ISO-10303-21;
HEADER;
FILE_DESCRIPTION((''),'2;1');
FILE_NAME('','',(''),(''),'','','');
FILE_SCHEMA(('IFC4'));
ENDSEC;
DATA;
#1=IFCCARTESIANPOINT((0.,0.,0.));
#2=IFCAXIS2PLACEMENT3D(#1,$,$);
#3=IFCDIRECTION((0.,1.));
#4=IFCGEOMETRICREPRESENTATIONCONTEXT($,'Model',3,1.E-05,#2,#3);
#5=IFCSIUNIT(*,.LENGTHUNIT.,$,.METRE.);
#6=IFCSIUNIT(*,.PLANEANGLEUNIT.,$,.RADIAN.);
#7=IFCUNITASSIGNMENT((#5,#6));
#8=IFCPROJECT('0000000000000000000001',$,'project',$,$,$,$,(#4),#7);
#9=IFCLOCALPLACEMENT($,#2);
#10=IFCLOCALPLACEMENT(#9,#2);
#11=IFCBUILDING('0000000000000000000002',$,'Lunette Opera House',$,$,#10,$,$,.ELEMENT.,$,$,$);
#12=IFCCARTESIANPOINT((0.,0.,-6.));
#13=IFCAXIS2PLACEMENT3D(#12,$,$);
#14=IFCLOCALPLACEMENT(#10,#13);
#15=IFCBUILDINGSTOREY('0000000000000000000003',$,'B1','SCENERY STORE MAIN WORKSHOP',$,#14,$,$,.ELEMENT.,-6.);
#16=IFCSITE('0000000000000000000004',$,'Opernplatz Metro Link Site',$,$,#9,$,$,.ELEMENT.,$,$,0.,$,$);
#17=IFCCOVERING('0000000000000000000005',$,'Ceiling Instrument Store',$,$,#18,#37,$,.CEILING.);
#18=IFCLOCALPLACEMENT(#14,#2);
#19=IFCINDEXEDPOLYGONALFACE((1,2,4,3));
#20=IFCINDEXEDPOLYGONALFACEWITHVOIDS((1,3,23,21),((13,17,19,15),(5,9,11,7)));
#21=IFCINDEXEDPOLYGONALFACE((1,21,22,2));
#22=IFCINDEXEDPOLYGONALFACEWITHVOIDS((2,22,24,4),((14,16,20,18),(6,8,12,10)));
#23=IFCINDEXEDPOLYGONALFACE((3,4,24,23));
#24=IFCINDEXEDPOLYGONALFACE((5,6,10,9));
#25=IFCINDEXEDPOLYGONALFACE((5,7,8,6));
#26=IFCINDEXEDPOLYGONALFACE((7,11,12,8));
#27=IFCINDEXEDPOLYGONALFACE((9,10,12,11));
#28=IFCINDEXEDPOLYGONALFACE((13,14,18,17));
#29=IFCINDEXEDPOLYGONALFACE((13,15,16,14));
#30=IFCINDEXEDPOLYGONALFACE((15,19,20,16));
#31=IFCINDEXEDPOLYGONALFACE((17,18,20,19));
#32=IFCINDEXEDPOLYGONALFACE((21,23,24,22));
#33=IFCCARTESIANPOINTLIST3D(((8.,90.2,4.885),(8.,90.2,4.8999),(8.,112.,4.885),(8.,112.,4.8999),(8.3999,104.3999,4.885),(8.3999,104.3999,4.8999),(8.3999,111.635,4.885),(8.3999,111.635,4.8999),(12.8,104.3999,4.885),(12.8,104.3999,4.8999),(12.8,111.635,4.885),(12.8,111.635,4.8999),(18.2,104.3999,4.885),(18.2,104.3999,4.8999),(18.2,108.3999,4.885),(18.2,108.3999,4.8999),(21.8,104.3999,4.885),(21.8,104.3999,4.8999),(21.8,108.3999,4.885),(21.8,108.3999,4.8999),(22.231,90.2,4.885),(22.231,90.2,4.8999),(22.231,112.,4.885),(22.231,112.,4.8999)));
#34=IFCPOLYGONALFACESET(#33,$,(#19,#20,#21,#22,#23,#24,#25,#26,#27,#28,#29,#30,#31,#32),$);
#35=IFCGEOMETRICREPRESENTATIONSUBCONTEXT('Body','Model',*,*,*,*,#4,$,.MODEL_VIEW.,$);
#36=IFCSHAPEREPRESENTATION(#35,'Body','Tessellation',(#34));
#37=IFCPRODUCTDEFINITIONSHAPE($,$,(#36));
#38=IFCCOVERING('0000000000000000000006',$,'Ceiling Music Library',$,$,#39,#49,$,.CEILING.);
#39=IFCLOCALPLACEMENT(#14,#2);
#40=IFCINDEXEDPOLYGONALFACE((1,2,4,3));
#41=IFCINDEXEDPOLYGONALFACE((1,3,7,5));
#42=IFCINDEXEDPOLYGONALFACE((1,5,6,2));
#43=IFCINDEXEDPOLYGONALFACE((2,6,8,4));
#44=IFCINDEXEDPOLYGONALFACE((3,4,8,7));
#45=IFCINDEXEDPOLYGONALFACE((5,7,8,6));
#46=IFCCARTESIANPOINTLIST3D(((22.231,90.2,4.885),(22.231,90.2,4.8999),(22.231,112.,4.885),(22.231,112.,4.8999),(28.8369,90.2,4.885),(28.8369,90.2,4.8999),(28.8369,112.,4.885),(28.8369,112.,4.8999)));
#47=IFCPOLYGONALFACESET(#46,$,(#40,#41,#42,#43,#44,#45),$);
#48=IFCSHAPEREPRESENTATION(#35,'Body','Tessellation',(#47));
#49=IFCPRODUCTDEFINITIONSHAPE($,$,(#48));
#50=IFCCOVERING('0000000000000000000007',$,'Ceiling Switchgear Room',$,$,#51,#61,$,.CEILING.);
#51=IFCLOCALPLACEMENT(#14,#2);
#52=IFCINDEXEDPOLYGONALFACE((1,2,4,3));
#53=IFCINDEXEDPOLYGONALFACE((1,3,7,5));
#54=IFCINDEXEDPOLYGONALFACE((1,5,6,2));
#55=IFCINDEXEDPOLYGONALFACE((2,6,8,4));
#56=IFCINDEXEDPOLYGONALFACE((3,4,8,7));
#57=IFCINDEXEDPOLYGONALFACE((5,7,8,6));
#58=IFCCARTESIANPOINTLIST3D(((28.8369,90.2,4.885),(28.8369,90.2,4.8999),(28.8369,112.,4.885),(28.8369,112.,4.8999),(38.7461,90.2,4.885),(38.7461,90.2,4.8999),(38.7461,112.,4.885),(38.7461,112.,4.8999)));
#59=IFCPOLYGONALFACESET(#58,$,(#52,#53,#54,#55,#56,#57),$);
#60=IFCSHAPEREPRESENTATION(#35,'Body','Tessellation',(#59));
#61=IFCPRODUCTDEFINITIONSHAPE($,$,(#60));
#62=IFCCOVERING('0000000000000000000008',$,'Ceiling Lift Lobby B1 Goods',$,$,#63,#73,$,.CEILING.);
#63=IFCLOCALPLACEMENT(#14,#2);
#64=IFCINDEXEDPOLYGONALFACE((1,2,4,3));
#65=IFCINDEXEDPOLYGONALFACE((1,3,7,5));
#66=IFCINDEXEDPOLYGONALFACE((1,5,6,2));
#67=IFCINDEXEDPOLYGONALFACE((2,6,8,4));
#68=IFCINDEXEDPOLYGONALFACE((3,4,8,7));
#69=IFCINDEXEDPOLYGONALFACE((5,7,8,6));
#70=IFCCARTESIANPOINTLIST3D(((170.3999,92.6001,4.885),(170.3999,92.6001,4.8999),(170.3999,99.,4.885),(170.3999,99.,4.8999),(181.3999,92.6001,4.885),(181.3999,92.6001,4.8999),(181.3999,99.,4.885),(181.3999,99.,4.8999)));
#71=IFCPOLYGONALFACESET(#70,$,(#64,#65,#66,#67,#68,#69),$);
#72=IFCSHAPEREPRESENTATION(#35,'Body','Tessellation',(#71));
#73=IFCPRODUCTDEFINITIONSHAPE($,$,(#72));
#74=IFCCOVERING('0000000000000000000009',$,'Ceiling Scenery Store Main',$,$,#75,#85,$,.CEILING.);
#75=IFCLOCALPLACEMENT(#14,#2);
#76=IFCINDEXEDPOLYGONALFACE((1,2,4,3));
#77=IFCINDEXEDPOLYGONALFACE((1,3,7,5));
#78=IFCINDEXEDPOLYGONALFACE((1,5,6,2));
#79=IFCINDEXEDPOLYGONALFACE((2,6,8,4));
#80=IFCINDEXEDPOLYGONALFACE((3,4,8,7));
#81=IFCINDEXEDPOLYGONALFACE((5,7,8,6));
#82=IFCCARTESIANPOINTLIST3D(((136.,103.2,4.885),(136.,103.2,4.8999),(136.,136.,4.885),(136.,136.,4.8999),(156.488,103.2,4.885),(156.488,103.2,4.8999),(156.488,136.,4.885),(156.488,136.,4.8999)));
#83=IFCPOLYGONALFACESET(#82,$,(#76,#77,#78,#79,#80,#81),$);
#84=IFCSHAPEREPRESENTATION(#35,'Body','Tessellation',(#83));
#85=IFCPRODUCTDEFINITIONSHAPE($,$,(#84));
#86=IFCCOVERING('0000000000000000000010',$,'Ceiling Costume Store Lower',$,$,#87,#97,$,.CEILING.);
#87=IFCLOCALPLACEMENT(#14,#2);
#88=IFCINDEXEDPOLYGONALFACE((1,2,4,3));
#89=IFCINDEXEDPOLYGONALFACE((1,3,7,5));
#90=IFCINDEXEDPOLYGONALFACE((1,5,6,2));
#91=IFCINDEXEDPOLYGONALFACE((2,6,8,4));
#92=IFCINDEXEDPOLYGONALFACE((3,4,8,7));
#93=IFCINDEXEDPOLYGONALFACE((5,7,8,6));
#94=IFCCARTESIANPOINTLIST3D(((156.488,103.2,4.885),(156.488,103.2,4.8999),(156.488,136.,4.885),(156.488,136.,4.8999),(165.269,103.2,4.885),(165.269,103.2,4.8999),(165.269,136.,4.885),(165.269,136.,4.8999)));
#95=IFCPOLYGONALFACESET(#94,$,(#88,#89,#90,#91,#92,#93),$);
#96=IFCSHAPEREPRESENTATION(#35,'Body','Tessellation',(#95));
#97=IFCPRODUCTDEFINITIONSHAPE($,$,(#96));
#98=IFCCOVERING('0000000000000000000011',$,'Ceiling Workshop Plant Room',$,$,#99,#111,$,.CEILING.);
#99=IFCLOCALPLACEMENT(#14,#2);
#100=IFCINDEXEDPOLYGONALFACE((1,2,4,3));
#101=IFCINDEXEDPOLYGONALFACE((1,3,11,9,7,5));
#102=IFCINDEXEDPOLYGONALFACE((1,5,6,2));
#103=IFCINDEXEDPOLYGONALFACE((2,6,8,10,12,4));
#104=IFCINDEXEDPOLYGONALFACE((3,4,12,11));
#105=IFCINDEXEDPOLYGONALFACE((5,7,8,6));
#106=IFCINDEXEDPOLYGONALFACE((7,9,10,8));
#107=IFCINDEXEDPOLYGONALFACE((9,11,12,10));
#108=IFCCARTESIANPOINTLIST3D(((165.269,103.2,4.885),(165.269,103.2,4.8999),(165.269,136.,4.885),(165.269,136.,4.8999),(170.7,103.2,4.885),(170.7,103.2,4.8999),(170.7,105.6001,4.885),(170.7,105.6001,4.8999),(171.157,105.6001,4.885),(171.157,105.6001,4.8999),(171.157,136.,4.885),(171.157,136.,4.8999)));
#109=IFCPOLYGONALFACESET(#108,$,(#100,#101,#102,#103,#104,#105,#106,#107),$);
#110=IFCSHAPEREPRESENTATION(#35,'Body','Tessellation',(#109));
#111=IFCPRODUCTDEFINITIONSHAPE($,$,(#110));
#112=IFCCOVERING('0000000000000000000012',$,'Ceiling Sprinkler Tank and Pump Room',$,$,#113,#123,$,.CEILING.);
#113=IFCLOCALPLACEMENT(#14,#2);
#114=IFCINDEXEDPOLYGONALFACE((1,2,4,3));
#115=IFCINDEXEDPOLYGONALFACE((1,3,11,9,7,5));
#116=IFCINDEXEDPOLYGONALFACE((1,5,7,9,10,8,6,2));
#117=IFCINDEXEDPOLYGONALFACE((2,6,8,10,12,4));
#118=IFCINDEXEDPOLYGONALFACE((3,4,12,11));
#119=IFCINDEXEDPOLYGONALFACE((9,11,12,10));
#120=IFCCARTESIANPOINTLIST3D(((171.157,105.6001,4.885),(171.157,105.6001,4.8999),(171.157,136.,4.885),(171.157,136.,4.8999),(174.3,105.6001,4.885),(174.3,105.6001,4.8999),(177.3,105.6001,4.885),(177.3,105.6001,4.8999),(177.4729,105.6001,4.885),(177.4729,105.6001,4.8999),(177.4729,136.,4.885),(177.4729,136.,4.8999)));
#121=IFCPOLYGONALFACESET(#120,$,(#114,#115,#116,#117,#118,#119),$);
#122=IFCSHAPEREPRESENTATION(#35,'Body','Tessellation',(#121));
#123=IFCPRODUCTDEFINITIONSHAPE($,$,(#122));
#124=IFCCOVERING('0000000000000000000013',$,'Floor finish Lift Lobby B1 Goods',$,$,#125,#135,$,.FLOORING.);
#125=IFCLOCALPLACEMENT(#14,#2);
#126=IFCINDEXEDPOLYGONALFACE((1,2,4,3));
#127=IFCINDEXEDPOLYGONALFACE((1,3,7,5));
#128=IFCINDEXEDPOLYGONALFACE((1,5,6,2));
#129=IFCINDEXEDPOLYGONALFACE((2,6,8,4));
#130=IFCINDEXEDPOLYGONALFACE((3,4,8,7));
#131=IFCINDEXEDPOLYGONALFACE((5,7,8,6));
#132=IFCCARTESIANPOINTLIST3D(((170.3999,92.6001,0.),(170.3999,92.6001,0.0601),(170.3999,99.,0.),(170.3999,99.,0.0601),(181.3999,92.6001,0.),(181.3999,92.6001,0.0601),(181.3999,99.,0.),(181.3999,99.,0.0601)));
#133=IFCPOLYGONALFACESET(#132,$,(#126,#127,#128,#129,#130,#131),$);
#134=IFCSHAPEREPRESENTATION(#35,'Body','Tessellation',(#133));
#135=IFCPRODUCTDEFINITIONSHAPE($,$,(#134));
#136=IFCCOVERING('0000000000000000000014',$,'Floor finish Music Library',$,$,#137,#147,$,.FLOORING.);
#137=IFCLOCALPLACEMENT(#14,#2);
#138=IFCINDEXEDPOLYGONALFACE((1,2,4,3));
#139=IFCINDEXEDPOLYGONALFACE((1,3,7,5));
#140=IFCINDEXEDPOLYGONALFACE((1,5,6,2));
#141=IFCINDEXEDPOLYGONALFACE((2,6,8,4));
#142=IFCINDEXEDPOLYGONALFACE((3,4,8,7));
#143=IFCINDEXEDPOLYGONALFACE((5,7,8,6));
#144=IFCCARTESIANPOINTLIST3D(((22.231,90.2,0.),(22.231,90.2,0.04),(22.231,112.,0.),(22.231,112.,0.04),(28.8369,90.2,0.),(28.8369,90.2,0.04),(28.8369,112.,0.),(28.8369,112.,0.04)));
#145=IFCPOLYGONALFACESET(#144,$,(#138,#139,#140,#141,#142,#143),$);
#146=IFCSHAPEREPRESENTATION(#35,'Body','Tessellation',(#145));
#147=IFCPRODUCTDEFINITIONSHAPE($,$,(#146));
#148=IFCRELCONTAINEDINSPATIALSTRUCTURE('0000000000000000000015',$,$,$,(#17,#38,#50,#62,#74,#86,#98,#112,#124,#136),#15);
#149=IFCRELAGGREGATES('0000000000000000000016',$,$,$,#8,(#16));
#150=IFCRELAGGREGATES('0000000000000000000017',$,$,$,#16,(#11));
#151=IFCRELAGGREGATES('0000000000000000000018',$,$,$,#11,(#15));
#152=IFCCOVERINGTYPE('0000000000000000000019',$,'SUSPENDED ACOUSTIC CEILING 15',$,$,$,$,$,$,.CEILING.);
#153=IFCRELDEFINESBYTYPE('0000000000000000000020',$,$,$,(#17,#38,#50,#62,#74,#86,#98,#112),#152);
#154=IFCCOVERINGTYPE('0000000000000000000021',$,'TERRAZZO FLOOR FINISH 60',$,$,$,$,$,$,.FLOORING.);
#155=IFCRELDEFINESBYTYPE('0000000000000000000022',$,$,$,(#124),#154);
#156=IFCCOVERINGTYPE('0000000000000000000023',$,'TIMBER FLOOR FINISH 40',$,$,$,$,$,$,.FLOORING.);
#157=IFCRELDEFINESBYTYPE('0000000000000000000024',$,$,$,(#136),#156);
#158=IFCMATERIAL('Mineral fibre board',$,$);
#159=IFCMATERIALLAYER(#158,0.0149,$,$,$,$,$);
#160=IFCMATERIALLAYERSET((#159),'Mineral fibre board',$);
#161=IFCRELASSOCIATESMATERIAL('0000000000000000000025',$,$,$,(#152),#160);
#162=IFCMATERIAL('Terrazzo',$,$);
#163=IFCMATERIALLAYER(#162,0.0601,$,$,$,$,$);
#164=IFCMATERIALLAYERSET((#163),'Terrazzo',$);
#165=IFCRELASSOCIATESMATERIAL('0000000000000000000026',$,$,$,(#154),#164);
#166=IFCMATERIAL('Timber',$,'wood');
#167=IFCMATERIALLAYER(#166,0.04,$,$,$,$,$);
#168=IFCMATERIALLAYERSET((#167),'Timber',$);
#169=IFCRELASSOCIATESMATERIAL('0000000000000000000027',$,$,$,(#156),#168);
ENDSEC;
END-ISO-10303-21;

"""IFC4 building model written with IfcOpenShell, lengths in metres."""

from ifc_helpers import new_model, si_unit, direction, frame, origin, place, context, subcontext, project, spatial, polyline, outline, extrude, material, layer, layer_set, type_object, element, save


model = new_model("IFC4")

# Units and contexts
model_context = context("Model", 3, precision=1e-05, world=origin(), true_north=direction((0.0, 1.0)))
body_context = subcontext(model_context, "Body", "Model", "MODEL_VIEW")
ifc_project = project(units=[si_unit("LENGTHUNIT", "METRE"), si_unit("PLANEANGLEUNIT", "RADIAN")], contexts=[model_context])

# Site, building, storey
site_placement = place(None, origin())
site = spatial("IfcSite", under=ifc_project, at=site_placement, Name="Opernplatz Metro Link Site", CompositionType="ELEMENT", RefElevation=0.0)
building_placement = place(site_placement, origin())
building = spatial("IfcBuilding", under=site, at=building_placement, Name="Lunette Opera House", CompositionType="ELEMENT")
storey_placement = place(building_placement, frame((0.0, 0.0, -6.0)))
storey = spatial("IfcBuildingStorey", under=building, at=storey_placement, Name="B1", Description="SCENERY STORE MAIN WORKSHOP", CompositionType="ELEMENT", Elevation=-6.0)

# Coverings
ifc_material_1 = material(Name="Mineral fibre board")
ifc_layer_1 = layer(ifc_material_1, 0.0149)
ifc_layer_set_1 = layer_set([ifc_layer_1], Name="Mineral fibre board")
covering_type_1 = type_object("IfcCoveringType", Name="SUSPENDED ACOUSTIC CEILING 15", PredefinedType="CEILING", material=ifc_layer_set_1)
covering_1_placement = place(storey_placement, frame((0.0, 0.0, 4.885)))
element("IfcCovering", 1, at=covering_1_placement, inside=storey, type_object=covering_type_1, Name="Ceiling Instrument Store", PredefinedType="CEILING", context=body_context, shape_type="SweptSolid", body=[
    extrude(outline(polyline([(8.0, 90.2), (8.0, 112.0), (22.231, 112.0), (22.231, 90.2), (8.0, 90.2)]), holes=[polyline([(18.2, 108.3999), (18.2, 104.3999), (21.8, 104.3999), (21.8, 108.3999), (18.2, 108.3999)]), polyline([(12.8, 111.635), (8.3999, 111.635), (8.3999, 104.3999), (12.8, 104.3999), (12.8, 111.635)])]), origin(), (0.0, 0.0, 1.0), 0.0149),
])
covering_2_placement = place(storey_placement, frame((0.0, 0.0, 4.885)))
element("IfcCovering", 2, at=covering_2_placement, inside=storey, type_object=covering_type_1, Name="Ceiling Music Library", PredefinedType="CEILING", context=body_context, shape_type="SweptSolid", body=[
    extrude(outline(polyline([(22.231, 90.2), (22.231, 112.0), (28.8369, 112.0), (28.8369, 90.2), (22.231, 90.2)])), origin(), (0.0, 0.0, 1.0), 0.0149),
])
covering_3_placement = place(storey_placement, frame((0.0, 0.0, 4.885)))
element("IfcCovering", 3, at=covering_3_placement, inside=storey, type_object=covering_type_1, Name="Ceiling Switchgear Room", PredefinedType="CEILING", context=body_context, shape_type="SweptSolid", body=[
    extrude(outline(polyline([(28.8369, 112.0), (38.7461, 112.0), (38.7461, 90.2), (28.8369, 90.2), (28.8369, 112.0)])), origin(), (0.0, 0.0, 1.0), 0.0149),
])
covering_4_placement = place(storey_placement, frame((0.0, 0.0, 4.885)))
element("IfcCovering", 4, at=covering_4_placement, inside=storey, type_object=covering_type_1, Name="Ceiling Lift Lobby B1 Goods", PredefinedType="CEILING", context=body_context, shape_type="SweptSolid", body=[
    extrude(outline(polyline([(181.3999, 92.6001), (181.3999, 99.0), (170.3999, 99.0), (170.3999, 92.6001), (181.3999, 92.6001)])), origin(), (0.0, 0.0, 1.0), 0.0149),
])
covering_5_placement = place(storey_placement, frame((0.0, 0.0, 4.885)))
element("IfcCovering", 5, at=covering_5_placement, inside=storey, type_object=covering_type_1, Name="Ceiling Scenery Store Main", PredefinedType="CEILING", context=body_context, shape_type="SweptSolid", body=[
    extrude(outline(polyline([(136.0, 103.2), (136.0, 136.0), (156.488, 136.0), (156.488, 103.2), (136.0, 103.2)])), origin(), (0.0, 0.0, 1.0), 0.0149),
])
covering_6_placement = place(storey_placement, frame((0.0, 0.0, 4.885)))
element("IfcCovering", 6, at=covering_6_placement, inside=storey, type_object=covering_type_1, Name="Ceiling Costume Store Lower", PredefinedType="CEILING", context=body_context, shape_type="SweptSolid", body=[
    extrude(outline(polyline([(156.488, 103.2), (156.488, 136.0), (165.269, 136.0), (165.269, 103.2), (156.488, 103.2)])), origin(), (0.0, 0.0, 1.0), 0.0149),
])
covering_7_placement = place(storey_placement, frame((0.0, 0.0, 4.885)))
element("IfcCovering", 7, at=covering_7_placement, inside=storey, type_object=covering_type_1, Name="Ceiling Workshop Plant Room", PredefinedType="CEILING", context=body_context, shape_type="SweptSolid", body=[
    extrude(outline(polyline([(170.7, 105.6001), (170.7, 103.2), (165.269, 103.2), (165.269, 136.0), (171.157, 136.0), (171.157, 105.6001), (170.7, 105.6001)])), origin(), (0.0, 0.0, 1.0), 0.0149),
])
covering_8_placement = place(storey_placement, frame((0.0, 0.0, 4.885)))
element("IfcCovering", 8, at=covering_8_placement, inside=storey, type_object=covering_type_1, Name="Ceiling Sprinkler Tank and Pump Room", PredefinedType="CEILING", context=body_context, shape_type="SweptSolid", body=[
    extrude(outline(polyline([(174.3, 105.6001), (171.157, 105.6001), (171.157, 136.0), (177.4729, 136.0), (177.4729, 105.6001), (177.3, 105.6001), (174.3, 105.6001)])), origin(), (0.0, 0.0, 1.0), 0.0149),
])
ifc_material_2 = material(Name="Terrazzo")
ifc_layer_2 = layer(ifc_material_2, 0.0601)
ifc_layer_set_2 = layer_set([ifc_layer_2], Name="Terrazzo")
covering_type_2 = type_object("IfcCoveringType", Name="TERRAZZO FLOOR FINISH 60", PredefinedType="FLOORING", material=ifc_layer_set_2)
covering_9_placement = place(storey_placement, origin())
element("IfcCovering", 9, at=covering_9_placement, inside=storey, type_object=covering_type_2, Name="Floor finish Lift Lobby B1 Goods", PredefinedType="FLOORING", context=body_context, shape_type="SweptSolid", body=[
    extrude(outline(polyline([(181.3999, 92.6001), (181.3999, 99.0), (170.3999, 99.0), (170.3999, 92.6001), (181.3999, 92.6001)])), origin(), (0.0, 0.0, 1.0), 0.0601),
])
ifc_material_3 = material(Name="Timber", Category="wood")
ifc_layer_3 = layer(ifc_material_3, 0.04)
ifc_layer_set_3 = layer_set([ifc_layer_3], Name="Timber")
covering_type_3 = type_object("IfcCoveringType", Name="TIMBER FLOOR FINISH 40", PredefinedType="FLOORING", material=ifc_layer_set_3)
covering_10_placement = place(storey_placement, origin())
element("IfcCovering", 10, at=covering_10_placement, inside=storey, type_object=covering_type_3, Name="Floor finish Music Library", PredefinedType="FLOORING", context=body_context, shape_type="SweptSolid", body=[
    extrude(outline(polyline([(22.231, 90.2), (22.231, 112.0), (28.8369, 112.0), (28.8369, 90.2), (22.231, 90.2)])), origin(), (0.0, 0.0, 1.0), 0.04),
])

save(model, "model.ifc")
